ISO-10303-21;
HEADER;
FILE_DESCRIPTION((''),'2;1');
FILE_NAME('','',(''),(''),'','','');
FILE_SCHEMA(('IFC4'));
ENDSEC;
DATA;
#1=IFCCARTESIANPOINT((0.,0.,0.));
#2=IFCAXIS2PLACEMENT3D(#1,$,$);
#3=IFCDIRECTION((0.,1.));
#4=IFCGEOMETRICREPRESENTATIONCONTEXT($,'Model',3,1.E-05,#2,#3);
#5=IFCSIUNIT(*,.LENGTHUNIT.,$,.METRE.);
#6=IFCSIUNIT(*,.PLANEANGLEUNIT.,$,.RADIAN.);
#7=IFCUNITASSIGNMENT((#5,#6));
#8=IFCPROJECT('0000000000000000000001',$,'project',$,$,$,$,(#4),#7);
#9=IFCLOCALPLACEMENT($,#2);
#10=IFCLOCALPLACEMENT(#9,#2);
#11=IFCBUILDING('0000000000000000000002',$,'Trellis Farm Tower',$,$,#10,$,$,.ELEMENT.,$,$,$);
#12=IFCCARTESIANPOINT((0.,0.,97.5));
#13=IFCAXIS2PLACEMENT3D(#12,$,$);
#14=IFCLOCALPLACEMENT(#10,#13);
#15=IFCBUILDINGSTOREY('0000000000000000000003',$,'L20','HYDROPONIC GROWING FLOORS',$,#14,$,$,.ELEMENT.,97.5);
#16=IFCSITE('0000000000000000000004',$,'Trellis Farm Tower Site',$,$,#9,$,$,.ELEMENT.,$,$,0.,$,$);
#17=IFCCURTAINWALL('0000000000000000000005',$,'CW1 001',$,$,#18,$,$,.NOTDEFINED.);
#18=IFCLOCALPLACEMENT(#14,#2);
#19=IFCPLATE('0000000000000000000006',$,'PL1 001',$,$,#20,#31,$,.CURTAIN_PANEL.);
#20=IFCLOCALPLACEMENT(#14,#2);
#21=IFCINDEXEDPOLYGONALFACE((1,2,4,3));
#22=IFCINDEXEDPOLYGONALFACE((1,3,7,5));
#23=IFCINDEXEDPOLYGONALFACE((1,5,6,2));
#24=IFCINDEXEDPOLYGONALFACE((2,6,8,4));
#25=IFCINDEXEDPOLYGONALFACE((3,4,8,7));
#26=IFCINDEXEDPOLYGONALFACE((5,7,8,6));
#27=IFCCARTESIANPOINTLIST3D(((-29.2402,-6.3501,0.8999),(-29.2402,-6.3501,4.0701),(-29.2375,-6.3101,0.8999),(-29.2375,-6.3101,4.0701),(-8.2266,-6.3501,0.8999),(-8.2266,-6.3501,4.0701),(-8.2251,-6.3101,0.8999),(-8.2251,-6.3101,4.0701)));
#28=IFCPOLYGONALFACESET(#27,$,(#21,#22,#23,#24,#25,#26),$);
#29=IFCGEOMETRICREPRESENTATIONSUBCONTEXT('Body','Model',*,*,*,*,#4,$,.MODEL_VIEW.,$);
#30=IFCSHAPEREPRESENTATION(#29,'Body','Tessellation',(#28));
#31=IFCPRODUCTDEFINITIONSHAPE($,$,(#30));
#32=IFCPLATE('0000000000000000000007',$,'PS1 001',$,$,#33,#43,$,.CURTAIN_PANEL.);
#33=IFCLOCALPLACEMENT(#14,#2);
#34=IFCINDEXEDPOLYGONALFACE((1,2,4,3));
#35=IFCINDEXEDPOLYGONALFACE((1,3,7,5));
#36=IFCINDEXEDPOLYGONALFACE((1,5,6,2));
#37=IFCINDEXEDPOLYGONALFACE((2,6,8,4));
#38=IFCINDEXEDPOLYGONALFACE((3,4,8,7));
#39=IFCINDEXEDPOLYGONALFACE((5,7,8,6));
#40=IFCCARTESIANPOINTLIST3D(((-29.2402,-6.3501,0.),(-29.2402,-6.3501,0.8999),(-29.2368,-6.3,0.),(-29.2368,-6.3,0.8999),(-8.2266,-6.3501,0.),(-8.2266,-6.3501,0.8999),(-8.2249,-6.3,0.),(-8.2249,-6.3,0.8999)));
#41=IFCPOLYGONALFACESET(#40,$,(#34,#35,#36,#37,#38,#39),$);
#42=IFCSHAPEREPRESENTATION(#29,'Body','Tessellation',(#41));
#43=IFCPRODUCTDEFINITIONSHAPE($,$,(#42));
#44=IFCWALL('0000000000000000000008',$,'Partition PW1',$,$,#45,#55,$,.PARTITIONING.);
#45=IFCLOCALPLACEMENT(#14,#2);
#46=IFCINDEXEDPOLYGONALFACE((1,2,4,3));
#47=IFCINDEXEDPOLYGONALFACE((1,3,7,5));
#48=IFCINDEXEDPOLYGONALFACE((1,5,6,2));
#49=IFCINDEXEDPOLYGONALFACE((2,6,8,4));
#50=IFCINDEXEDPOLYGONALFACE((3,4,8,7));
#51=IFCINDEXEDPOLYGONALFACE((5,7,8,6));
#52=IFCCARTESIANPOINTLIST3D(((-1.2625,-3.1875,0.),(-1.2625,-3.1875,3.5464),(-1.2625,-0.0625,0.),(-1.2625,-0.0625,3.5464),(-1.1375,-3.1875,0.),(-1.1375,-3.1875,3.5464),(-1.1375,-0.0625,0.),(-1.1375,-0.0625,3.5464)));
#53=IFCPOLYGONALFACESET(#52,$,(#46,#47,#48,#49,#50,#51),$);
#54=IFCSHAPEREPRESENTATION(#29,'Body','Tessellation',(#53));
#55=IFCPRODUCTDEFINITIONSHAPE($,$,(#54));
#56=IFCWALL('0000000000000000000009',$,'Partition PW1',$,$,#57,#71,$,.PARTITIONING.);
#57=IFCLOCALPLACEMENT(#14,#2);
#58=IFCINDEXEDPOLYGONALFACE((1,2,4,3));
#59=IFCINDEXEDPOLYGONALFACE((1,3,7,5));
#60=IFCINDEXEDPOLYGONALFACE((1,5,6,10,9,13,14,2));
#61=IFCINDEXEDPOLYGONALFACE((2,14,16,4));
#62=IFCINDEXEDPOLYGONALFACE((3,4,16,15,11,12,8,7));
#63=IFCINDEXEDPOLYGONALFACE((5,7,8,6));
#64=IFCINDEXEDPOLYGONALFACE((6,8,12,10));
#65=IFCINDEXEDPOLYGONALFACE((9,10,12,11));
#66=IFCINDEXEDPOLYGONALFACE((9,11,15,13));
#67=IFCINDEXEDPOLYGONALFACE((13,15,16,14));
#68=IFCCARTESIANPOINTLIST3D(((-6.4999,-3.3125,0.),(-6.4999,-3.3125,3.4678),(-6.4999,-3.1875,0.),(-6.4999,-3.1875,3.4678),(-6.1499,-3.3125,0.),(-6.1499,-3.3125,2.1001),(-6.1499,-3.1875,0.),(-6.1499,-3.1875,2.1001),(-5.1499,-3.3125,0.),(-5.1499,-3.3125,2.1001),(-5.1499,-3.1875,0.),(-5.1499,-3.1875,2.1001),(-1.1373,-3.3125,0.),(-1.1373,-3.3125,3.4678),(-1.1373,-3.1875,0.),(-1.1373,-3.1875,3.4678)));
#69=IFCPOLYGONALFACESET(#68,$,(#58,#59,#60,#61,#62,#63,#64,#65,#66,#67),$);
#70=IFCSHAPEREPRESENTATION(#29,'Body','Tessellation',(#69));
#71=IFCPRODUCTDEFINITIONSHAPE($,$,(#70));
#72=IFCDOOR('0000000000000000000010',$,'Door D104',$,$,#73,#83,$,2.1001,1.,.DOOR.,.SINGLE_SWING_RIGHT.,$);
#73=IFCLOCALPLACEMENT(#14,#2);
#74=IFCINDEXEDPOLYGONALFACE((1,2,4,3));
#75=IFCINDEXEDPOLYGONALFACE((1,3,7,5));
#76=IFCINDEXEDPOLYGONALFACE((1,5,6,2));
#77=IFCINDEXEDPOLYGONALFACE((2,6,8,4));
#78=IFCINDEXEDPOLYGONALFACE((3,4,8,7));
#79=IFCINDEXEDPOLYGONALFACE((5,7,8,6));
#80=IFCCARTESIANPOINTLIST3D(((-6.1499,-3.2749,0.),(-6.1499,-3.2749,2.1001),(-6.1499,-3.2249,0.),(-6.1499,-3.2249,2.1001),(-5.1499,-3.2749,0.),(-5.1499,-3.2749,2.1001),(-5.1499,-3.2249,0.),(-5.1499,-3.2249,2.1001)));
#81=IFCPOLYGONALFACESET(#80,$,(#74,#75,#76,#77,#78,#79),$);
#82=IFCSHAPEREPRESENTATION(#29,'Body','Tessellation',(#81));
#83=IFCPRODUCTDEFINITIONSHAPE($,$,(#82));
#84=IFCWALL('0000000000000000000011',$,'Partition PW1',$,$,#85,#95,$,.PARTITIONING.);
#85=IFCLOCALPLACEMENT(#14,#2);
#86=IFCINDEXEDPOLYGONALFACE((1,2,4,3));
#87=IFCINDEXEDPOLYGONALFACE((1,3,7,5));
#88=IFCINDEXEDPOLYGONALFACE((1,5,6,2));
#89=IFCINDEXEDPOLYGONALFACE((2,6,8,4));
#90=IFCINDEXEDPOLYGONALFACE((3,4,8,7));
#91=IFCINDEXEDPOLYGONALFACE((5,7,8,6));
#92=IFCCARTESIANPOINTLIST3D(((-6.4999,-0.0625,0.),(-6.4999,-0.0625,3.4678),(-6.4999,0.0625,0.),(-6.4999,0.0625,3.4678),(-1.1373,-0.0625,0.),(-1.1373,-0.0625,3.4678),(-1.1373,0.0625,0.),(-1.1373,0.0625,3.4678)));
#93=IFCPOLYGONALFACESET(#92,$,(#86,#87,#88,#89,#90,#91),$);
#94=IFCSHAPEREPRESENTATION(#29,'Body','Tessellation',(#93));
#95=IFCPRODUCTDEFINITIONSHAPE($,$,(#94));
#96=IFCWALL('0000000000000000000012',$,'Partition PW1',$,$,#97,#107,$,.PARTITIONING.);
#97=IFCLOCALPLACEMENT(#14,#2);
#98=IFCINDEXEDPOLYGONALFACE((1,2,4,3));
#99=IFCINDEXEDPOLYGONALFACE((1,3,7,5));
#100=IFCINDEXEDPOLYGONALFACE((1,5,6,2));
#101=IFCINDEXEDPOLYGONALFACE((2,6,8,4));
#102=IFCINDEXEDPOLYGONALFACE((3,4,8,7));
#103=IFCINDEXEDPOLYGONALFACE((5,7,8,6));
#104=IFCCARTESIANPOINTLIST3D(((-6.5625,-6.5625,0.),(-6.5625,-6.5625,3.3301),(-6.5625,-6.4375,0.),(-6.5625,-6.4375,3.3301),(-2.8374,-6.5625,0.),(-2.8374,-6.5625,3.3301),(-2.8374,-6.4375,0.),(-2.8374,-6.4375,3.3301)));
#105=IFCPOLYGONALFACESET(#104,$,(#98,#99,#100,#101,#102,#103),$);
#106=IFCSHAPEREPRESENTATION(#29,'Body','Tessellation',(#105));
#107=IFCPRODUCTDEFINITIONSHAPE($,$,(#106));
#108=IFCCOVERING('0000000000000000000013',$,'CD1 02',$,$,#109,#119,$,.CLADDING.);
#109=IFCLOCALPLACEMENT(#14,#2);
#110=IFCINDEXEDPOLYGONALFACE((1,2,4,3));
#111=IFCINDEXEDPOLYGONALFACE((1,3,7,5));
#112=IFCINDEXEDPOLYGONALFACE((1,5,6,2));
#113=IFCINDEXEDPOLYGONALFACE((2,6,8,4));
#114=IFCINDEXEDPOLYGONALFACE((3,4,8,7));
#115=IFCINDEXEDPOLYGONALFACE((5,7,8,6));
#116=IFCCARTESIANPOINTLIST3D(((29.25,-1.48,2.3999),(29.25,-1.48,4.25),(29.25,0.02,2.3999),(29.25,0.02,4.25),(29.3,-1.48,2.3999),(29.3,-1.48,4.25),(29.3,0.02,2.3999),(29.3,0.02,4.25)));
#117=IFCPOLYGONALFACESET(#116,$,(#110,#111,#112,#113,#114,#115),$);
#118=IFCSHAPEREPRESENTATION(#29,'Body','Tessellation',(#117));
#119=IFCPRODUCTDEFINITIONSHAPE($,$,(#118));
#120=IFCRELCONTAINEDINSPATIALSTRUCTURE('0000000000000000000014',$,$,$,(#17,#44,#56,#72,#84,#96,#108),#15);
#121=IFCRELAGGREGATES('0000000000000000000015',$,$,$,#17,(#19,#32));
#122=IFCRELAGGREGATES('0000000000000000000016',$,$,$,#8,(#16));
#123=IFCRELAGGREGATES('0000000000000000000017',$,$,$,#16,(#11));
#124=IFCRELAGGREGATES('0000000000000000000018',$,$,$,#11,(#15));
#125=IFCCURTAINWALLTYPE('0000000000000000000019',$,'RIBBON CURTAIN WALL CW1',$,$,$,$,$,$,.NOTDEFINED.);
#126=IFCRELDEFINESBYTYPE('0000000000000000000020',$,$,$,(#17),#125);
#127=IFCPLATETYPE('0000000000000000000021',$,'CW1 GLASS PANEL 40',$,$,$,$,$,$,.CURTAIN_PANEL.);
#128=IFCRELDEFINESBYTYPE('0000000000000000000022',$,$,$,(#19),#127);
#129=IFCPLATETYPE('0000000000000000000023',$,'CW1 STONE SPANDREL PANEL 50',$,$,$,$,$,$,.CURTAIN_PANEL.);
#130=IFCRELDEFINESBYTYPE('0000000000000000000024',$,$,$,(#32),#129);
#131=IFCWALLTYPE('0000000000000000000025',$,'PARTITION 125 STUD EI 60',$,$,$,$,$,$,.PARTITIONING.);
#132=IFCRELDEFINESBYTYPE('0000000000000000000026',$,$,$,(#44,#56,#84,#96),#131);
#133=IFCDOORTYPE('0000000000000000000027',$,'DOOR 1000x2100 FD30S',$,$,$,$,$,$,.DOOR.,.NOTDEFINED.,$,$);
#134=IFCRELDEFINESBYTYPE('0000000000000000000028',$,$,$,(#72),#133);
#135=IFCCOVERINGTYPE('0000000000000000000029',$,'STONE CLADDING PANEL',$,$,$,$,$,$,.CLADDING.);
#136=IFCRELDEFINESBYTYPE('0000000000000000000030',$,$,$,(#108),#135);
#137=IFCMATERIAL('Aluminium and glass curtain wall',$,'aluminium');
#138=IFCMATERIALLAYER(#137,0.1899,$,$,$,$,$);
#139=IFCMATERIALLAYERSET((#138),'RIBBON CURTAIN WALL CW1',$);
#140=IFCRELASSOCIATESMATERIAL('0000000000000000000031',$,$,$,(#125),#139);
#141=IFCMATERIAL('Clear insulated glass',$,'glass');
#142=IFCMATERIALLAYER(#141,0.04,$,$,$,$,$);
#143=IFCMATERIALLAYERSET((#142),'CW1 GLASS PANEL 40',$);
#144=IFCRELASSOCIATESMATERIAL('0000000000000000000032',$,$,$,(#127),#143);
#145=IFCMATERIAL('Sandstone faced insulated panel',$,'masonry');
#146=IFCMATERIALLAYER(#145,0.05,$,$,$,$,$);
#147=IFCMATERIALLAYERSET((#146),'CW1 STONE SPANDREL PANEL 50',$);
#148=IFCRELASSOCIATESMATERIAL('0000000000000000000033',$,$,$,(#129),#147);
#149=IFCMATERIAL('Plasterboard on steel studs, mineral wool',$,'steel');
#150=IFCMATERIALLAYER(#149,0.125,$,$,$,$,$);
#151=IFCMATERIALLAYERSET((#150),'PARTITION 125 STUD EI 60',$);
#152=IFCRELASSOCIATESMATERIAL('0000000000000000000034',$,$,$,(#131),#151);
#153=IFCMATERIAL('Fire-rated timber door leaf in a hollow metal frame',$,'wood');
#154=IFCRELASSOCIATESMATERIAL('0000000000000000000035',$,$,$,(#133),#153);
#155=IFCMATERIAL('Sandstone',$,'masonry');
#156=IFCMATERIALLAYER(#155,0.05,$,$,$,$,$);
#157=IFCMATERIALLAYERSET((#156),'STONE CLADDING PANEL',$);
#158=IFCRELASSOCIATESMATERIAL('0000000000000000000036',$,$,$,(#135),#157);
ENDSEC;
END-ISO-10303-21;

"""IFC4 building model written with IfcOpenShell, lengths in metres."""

from ifc_helpers import new_model, si_unit, direction, frame, frame_2d, origin, place, context, subcontext, project, spatial, polyline, rectangle, outline, extrude, source, transform, mapped, material, layer, layer_set, type_object, element, fill, aggregate, save


model = new_model("IFC4")

# Units and contexts
model_context = context("Model", 3, precision=1e-05, world=origin(), true_north=direction((0.0, 1.0)))
body_context = subcontext(model_context, "Body", "Model", "MODEL_VIEW")
ifc_project = project(units=[si_unit("LENGTHUNIT", "METRE"), si_unit("PLANEANGLEUNIT", "RADIAN")], contexts=[model_context])

# Site, building, storey
site_placement = place(None, origin())
site = spatial("IfcSite", under=ifc_project, at=site_placement, Name="Trellis Farm Tower Site", CompositionType="ELEMENT", RefElevation=0.0)
building_placement = place(site_placement, origin())
building = spatial("IfcBuilding", under=site, at=building_placement, Name="Trellis Farm Tower", CompositionType="ELEMENT")
storey_placement = place(building_placement, frame((0.0, 0.0, 97.5)))
storey = spatial("IfcBuildingStorey", under=building, at=storey_placement, Name="L20", Description="HYDROPONIC GROWING FLOORS", CompositionType="ELEMENT", Elevation=97.5)

# Shared definitions
placement_1 = place(storey_placement, origin())

# Curtain wall, plates
ifc_material_1 = material(Name="Aluminium and glass curtain wall", Category="aluminium")
ifc_layer_1 = layer(ifc_material_1, 0.1899)
ifc_layer_set_1 = layer_set([ifc_layer_1], Name="RIBBON CURTAIN WALL CW1")
curtain_wall_type = type_object("IfcCurtainWallType", Name="RIBBON CURTAIN WALL CW1", PredefinedType="NOTDEFINED", material=ifc_layer_set_1)
curtain_wall = element("IfcCurtainWall", 1, at=placement_1, inside=storey, type_object=curtain_wall_type, Name="CW1 001", PredefinedType="NOTDEFINED")
ifc_material_2 = material(Name="Clear insulated glass", Category="glass")
ifc_layer_2 = layer(ifc_material_2, 0.04)
ifc_layer_set_2 = layer_set([ifc_layer_2], Name="CW1 GLASS PANEL 40")
plate_type_1 = type_object("IfcPlateType", Name="CW1 GLASS PANEL 40", PredefinedType="CURTAIN_PANEL", material=ifc_layer_set_2)
shared_shape_1 = source(origin(), body_context, "Body", "SweptSolid", [
    extrude(outline(polyline([(-29.2402, -6.3501), (-8.2266, -6.3501), (-8.2251, -6.3101), (-29.2375, -6.3101), (-29.2402, -6.3501)])), origin(), (0.0, 0.0, 1.0), 3.1702),
])
plate_1_placement = place(storey_placement, frame((0.0, 0.0, 0.8999)))
plate_1 = element("IfcPlate", 2, at=plate_1_placement, type_object=plate_type_1, Name="PL1 001", PredefinedType="CURTAIN_PANEL", context=body_context, shape_type="MappedRepresentation", body=[
    mapped(shared_shape_1, transform((0.0, 0.0, 0.0))),
])
ifc_material_3 = material(Name="Sandstone faced insulated panel", Category="masonry")
ifc_layer_3 = layer(ifc_material_3, 0.05)
ifc_layer_set_3 = layer_set([ifc_layer_3], Name="CW1 STONE SPANDREL PANEL 50")
plate_type_2 = type_object("IfcPlateType", Name="CW1 STONE SPANDREL PANEL 50", PredefinedType="CURTAIN_PANEL", material=ifc_layer_set_3)
shared_shape_2 = source(origin(), body_context, "Body", "SweptSolid", [
    extrude(outline(polyline([(-29.2402, -6.3501), (-8.2266, -6.3501), (-8.2249, -6.3), (-29.2368, -6.3), (-29.2402, -6.3501)])), origin(), (0.0, 0.0, 1.0), 0.8999),
])
plate_2 = element("IfcPlate", 3, at=placement_1, type_object=plate_type_2, Name="PS1 001", PredefinedType="CURTAIN_PANEL", context=body_context, shape_type="MappedRepresentation", body=[
    mapped(shared_shape_2, transform((0.0, 0.0, 0.0))),
])
aggregate(curtain_wall, [plate_1, plate_2])

# Wall
ifc_material_4 = material(Name="Plasterboard on steel studs, mineral wool", Category="steel")
ifc_layer_4 = layer(ifc_material_4, 0.125)
ifc_layer_set_4 = layer_set([ifc_layer_4], Name="PARTITION 125 STUD EI 60")
wall_type = type_object("IfcWallType", Name="PARTITION 125 STUD EI 60", PredefinedType="PARTITIONING", material=ifc_layer_set_4)
shared_shape_3 = source(origin(), body_context, "Body", "SweptSolid", [
    extrude(rectangle(XDim=3.125, YDim=0.125, at=frame_2d((1.5625, 0.0))), origin(), (0.0, 0.0, 1.0), 3.5464),
])
wall_1_placement = place(storey_placement, frame((-1.2, -0.0625, 0.0), z_axis=(0.0, 0.0, 1.0), x_axis=(0.0, -1.0, 0.0)))
element("IfcWall", 4, at=wall_1_placement, inside=storey, type_object=wall_type, Name="Partition PW1", PredefinedType="PARTITIONING", context=body_context, shape_type="MappedRepresentation", body=[
    mapped(shared_shape_3, transform((0.0, 0.0, 0.0))),
])

# Wall, opening, door
shared_shape_4 = source(origin(), body_context, "Body", "SweptSolid", [
    extrude(rectangle(XDim=5.3625, YDim=0.125, at=frame_2d((2.6812, 0.0))), origin(), (0.0, 0.0, 1.0), 3.4678),
])
wall_2_placement = place(storey_placement, frame((-1.1375, -3.25, 0.0), z_axis=(0.0, 0.0, 1.0), x_axis=(-1.0, 0.0, 0.0)))
wall_2 = element("IfcWall", 5, at=wall_2_placement, inside=storey, type_object=wall_type, Name="Partition PW1", PredefinedType="PARTITIONING", context=body_context, shape_type="MappedRepresentation", body=[
    mapped(shared_shape_4, transform((0.0, 0.0, 0.0))),
])
shared_shape_5 = source(origin(), body_context, "Body", "SweptSolid", [
    extrude(rectangle(XDim=1.0, YDim=2.1001, at=frame_2d((0.5, 1.05))), frame((0.0, 0.0725, 0.0), z_axis=(0.0, -1.0, 0.0), x_axis=(1.0, 0.0, 0.0)), (0.0, 0.0, 1.0), 0.145),
])
opening_placement = place(wall_2_placement, frame((4.0125, 0.0, 0.0)))
opening = element("IfcOpeningElement", 6, at=opening_placement, cuts=wall_2, PredefinedType="OPENING", context=body_context, shape_type="MappedRepresentation", body=[
    mapped(shared_shape_5, transform((0.0, 0.0, 0.0))),
])
ifc_material_5 = material(Name="Fire-rated timber door leaf in a hollow metal frame", Category="wood")
door_type = type_object("IfcDoorType", Name="DOOR 1000x2100 FD30S", OperationType="NOTDEFINED", PredefinedType="DOOR", material=ifc_material_5)
shared_shape_6 = source(origin(), body_context, "Body", "SweptSolid", [
    extrude(rectangle(XDim=1.0, YDim=2.1001, at=frame_2d((0.5, 1.05))), frame((0.0, 0.0249, 0.0), z_axis=(0.0, -1.0, 0.0), x_axis=(1.0, 0.0, 0.0)), (0.0, 0.0, 1.0), 0.05),
])
door_placement = place(opening_placement, origin())
door = element("IfcDoor", 7, at=door_placement, inside=storey, type_object=door_type, Name="Door D104", OperationType="SINGLE_SWING_RIGHT", OverallHeight=2.1001, OverallWidth=1.0, PredefinedType="DOOR", context=body_context, shape_type="MappedRepresentation", body=[
    mapped(shared_shape_6, transform((0.0, 0.0, 0.0))),
])
fill(opening, door)

# Walls
wall_3_placement = place(storey_placement, frame((-1.1375, 0.0, 0.0), z_axis=(0.0, 0.0, 1.0), x_axis=(-1.0, 0.0, 0.0)))
element("IfcWall", 8, at=wall_3_placement, inside=storey, type_object=wall_type, Name="Partition PW1", PredefinedType="PARTITIONING", context=body_context, shape_type="MappedRepresentation", body=[
    mapped(shared_shape_4, transform((0.0, 0.0, 0.0))),
])
shared_shape_7 = source(origin(), body_context, "Body", "SweptSolid", [
    extrude(rectangle(XDim=3.7251, YDim=0.125, at=frame_2d((1.8625, 0.0))), origin(), (0.0, 0.0, 1.0), 3.3301),
])
wall_4_placement = place(storey_placement, frame((-2.8374, -6.5, 0.0), z_axis=(0.0, 0.0, 1.0), x_axis=(-1.0, 0.0, 0.0)))
element("IfcWall", 9, at=wall_4_placement, inside=storey, type_object=wall_type, Name="Partition PW1", PredefinedType="PARTITIONING", context=body_context, shape_type="MappedRepresentation", body=[
    mapped(shared_shape_7, transform((0.0, 0.0, 0.0))),
])

# Covering
ifc_material_6 = material(Name="Sandstone", Category="masonry")
ifc_layer_5 = layer(ifc_material_6, 0.05)
ifc_layer_set_5 = layer_set([ifc_layer_5], Name="STONE CLADDING PANEL")
covering_type = type_object("IfcCoveringType", Name="STONE CLADDING PANEL", PredefinedType="CLADDING", material=ifc_layer_set_5)
covering_placement = place(storey_placement, frame((0.0, 0.0, 2.3999)))
element("IfcCovering", 10, at=covering_placement, inside=storey, type_object=covering_type, Name="CD1 02", PredefinedType="CLADDING", context=body_context, shape_type="SweptSolid", body=[
    extrude(outline(polyline([(29.3, -1.48), (29.3, 0.02), (29.25, 0.02), (29.25, -1.48), (29.3, -1.48)])), origin(), (0.0, 0.0, 1.0), 1.8501),
])

save(model, "model.ifc")
